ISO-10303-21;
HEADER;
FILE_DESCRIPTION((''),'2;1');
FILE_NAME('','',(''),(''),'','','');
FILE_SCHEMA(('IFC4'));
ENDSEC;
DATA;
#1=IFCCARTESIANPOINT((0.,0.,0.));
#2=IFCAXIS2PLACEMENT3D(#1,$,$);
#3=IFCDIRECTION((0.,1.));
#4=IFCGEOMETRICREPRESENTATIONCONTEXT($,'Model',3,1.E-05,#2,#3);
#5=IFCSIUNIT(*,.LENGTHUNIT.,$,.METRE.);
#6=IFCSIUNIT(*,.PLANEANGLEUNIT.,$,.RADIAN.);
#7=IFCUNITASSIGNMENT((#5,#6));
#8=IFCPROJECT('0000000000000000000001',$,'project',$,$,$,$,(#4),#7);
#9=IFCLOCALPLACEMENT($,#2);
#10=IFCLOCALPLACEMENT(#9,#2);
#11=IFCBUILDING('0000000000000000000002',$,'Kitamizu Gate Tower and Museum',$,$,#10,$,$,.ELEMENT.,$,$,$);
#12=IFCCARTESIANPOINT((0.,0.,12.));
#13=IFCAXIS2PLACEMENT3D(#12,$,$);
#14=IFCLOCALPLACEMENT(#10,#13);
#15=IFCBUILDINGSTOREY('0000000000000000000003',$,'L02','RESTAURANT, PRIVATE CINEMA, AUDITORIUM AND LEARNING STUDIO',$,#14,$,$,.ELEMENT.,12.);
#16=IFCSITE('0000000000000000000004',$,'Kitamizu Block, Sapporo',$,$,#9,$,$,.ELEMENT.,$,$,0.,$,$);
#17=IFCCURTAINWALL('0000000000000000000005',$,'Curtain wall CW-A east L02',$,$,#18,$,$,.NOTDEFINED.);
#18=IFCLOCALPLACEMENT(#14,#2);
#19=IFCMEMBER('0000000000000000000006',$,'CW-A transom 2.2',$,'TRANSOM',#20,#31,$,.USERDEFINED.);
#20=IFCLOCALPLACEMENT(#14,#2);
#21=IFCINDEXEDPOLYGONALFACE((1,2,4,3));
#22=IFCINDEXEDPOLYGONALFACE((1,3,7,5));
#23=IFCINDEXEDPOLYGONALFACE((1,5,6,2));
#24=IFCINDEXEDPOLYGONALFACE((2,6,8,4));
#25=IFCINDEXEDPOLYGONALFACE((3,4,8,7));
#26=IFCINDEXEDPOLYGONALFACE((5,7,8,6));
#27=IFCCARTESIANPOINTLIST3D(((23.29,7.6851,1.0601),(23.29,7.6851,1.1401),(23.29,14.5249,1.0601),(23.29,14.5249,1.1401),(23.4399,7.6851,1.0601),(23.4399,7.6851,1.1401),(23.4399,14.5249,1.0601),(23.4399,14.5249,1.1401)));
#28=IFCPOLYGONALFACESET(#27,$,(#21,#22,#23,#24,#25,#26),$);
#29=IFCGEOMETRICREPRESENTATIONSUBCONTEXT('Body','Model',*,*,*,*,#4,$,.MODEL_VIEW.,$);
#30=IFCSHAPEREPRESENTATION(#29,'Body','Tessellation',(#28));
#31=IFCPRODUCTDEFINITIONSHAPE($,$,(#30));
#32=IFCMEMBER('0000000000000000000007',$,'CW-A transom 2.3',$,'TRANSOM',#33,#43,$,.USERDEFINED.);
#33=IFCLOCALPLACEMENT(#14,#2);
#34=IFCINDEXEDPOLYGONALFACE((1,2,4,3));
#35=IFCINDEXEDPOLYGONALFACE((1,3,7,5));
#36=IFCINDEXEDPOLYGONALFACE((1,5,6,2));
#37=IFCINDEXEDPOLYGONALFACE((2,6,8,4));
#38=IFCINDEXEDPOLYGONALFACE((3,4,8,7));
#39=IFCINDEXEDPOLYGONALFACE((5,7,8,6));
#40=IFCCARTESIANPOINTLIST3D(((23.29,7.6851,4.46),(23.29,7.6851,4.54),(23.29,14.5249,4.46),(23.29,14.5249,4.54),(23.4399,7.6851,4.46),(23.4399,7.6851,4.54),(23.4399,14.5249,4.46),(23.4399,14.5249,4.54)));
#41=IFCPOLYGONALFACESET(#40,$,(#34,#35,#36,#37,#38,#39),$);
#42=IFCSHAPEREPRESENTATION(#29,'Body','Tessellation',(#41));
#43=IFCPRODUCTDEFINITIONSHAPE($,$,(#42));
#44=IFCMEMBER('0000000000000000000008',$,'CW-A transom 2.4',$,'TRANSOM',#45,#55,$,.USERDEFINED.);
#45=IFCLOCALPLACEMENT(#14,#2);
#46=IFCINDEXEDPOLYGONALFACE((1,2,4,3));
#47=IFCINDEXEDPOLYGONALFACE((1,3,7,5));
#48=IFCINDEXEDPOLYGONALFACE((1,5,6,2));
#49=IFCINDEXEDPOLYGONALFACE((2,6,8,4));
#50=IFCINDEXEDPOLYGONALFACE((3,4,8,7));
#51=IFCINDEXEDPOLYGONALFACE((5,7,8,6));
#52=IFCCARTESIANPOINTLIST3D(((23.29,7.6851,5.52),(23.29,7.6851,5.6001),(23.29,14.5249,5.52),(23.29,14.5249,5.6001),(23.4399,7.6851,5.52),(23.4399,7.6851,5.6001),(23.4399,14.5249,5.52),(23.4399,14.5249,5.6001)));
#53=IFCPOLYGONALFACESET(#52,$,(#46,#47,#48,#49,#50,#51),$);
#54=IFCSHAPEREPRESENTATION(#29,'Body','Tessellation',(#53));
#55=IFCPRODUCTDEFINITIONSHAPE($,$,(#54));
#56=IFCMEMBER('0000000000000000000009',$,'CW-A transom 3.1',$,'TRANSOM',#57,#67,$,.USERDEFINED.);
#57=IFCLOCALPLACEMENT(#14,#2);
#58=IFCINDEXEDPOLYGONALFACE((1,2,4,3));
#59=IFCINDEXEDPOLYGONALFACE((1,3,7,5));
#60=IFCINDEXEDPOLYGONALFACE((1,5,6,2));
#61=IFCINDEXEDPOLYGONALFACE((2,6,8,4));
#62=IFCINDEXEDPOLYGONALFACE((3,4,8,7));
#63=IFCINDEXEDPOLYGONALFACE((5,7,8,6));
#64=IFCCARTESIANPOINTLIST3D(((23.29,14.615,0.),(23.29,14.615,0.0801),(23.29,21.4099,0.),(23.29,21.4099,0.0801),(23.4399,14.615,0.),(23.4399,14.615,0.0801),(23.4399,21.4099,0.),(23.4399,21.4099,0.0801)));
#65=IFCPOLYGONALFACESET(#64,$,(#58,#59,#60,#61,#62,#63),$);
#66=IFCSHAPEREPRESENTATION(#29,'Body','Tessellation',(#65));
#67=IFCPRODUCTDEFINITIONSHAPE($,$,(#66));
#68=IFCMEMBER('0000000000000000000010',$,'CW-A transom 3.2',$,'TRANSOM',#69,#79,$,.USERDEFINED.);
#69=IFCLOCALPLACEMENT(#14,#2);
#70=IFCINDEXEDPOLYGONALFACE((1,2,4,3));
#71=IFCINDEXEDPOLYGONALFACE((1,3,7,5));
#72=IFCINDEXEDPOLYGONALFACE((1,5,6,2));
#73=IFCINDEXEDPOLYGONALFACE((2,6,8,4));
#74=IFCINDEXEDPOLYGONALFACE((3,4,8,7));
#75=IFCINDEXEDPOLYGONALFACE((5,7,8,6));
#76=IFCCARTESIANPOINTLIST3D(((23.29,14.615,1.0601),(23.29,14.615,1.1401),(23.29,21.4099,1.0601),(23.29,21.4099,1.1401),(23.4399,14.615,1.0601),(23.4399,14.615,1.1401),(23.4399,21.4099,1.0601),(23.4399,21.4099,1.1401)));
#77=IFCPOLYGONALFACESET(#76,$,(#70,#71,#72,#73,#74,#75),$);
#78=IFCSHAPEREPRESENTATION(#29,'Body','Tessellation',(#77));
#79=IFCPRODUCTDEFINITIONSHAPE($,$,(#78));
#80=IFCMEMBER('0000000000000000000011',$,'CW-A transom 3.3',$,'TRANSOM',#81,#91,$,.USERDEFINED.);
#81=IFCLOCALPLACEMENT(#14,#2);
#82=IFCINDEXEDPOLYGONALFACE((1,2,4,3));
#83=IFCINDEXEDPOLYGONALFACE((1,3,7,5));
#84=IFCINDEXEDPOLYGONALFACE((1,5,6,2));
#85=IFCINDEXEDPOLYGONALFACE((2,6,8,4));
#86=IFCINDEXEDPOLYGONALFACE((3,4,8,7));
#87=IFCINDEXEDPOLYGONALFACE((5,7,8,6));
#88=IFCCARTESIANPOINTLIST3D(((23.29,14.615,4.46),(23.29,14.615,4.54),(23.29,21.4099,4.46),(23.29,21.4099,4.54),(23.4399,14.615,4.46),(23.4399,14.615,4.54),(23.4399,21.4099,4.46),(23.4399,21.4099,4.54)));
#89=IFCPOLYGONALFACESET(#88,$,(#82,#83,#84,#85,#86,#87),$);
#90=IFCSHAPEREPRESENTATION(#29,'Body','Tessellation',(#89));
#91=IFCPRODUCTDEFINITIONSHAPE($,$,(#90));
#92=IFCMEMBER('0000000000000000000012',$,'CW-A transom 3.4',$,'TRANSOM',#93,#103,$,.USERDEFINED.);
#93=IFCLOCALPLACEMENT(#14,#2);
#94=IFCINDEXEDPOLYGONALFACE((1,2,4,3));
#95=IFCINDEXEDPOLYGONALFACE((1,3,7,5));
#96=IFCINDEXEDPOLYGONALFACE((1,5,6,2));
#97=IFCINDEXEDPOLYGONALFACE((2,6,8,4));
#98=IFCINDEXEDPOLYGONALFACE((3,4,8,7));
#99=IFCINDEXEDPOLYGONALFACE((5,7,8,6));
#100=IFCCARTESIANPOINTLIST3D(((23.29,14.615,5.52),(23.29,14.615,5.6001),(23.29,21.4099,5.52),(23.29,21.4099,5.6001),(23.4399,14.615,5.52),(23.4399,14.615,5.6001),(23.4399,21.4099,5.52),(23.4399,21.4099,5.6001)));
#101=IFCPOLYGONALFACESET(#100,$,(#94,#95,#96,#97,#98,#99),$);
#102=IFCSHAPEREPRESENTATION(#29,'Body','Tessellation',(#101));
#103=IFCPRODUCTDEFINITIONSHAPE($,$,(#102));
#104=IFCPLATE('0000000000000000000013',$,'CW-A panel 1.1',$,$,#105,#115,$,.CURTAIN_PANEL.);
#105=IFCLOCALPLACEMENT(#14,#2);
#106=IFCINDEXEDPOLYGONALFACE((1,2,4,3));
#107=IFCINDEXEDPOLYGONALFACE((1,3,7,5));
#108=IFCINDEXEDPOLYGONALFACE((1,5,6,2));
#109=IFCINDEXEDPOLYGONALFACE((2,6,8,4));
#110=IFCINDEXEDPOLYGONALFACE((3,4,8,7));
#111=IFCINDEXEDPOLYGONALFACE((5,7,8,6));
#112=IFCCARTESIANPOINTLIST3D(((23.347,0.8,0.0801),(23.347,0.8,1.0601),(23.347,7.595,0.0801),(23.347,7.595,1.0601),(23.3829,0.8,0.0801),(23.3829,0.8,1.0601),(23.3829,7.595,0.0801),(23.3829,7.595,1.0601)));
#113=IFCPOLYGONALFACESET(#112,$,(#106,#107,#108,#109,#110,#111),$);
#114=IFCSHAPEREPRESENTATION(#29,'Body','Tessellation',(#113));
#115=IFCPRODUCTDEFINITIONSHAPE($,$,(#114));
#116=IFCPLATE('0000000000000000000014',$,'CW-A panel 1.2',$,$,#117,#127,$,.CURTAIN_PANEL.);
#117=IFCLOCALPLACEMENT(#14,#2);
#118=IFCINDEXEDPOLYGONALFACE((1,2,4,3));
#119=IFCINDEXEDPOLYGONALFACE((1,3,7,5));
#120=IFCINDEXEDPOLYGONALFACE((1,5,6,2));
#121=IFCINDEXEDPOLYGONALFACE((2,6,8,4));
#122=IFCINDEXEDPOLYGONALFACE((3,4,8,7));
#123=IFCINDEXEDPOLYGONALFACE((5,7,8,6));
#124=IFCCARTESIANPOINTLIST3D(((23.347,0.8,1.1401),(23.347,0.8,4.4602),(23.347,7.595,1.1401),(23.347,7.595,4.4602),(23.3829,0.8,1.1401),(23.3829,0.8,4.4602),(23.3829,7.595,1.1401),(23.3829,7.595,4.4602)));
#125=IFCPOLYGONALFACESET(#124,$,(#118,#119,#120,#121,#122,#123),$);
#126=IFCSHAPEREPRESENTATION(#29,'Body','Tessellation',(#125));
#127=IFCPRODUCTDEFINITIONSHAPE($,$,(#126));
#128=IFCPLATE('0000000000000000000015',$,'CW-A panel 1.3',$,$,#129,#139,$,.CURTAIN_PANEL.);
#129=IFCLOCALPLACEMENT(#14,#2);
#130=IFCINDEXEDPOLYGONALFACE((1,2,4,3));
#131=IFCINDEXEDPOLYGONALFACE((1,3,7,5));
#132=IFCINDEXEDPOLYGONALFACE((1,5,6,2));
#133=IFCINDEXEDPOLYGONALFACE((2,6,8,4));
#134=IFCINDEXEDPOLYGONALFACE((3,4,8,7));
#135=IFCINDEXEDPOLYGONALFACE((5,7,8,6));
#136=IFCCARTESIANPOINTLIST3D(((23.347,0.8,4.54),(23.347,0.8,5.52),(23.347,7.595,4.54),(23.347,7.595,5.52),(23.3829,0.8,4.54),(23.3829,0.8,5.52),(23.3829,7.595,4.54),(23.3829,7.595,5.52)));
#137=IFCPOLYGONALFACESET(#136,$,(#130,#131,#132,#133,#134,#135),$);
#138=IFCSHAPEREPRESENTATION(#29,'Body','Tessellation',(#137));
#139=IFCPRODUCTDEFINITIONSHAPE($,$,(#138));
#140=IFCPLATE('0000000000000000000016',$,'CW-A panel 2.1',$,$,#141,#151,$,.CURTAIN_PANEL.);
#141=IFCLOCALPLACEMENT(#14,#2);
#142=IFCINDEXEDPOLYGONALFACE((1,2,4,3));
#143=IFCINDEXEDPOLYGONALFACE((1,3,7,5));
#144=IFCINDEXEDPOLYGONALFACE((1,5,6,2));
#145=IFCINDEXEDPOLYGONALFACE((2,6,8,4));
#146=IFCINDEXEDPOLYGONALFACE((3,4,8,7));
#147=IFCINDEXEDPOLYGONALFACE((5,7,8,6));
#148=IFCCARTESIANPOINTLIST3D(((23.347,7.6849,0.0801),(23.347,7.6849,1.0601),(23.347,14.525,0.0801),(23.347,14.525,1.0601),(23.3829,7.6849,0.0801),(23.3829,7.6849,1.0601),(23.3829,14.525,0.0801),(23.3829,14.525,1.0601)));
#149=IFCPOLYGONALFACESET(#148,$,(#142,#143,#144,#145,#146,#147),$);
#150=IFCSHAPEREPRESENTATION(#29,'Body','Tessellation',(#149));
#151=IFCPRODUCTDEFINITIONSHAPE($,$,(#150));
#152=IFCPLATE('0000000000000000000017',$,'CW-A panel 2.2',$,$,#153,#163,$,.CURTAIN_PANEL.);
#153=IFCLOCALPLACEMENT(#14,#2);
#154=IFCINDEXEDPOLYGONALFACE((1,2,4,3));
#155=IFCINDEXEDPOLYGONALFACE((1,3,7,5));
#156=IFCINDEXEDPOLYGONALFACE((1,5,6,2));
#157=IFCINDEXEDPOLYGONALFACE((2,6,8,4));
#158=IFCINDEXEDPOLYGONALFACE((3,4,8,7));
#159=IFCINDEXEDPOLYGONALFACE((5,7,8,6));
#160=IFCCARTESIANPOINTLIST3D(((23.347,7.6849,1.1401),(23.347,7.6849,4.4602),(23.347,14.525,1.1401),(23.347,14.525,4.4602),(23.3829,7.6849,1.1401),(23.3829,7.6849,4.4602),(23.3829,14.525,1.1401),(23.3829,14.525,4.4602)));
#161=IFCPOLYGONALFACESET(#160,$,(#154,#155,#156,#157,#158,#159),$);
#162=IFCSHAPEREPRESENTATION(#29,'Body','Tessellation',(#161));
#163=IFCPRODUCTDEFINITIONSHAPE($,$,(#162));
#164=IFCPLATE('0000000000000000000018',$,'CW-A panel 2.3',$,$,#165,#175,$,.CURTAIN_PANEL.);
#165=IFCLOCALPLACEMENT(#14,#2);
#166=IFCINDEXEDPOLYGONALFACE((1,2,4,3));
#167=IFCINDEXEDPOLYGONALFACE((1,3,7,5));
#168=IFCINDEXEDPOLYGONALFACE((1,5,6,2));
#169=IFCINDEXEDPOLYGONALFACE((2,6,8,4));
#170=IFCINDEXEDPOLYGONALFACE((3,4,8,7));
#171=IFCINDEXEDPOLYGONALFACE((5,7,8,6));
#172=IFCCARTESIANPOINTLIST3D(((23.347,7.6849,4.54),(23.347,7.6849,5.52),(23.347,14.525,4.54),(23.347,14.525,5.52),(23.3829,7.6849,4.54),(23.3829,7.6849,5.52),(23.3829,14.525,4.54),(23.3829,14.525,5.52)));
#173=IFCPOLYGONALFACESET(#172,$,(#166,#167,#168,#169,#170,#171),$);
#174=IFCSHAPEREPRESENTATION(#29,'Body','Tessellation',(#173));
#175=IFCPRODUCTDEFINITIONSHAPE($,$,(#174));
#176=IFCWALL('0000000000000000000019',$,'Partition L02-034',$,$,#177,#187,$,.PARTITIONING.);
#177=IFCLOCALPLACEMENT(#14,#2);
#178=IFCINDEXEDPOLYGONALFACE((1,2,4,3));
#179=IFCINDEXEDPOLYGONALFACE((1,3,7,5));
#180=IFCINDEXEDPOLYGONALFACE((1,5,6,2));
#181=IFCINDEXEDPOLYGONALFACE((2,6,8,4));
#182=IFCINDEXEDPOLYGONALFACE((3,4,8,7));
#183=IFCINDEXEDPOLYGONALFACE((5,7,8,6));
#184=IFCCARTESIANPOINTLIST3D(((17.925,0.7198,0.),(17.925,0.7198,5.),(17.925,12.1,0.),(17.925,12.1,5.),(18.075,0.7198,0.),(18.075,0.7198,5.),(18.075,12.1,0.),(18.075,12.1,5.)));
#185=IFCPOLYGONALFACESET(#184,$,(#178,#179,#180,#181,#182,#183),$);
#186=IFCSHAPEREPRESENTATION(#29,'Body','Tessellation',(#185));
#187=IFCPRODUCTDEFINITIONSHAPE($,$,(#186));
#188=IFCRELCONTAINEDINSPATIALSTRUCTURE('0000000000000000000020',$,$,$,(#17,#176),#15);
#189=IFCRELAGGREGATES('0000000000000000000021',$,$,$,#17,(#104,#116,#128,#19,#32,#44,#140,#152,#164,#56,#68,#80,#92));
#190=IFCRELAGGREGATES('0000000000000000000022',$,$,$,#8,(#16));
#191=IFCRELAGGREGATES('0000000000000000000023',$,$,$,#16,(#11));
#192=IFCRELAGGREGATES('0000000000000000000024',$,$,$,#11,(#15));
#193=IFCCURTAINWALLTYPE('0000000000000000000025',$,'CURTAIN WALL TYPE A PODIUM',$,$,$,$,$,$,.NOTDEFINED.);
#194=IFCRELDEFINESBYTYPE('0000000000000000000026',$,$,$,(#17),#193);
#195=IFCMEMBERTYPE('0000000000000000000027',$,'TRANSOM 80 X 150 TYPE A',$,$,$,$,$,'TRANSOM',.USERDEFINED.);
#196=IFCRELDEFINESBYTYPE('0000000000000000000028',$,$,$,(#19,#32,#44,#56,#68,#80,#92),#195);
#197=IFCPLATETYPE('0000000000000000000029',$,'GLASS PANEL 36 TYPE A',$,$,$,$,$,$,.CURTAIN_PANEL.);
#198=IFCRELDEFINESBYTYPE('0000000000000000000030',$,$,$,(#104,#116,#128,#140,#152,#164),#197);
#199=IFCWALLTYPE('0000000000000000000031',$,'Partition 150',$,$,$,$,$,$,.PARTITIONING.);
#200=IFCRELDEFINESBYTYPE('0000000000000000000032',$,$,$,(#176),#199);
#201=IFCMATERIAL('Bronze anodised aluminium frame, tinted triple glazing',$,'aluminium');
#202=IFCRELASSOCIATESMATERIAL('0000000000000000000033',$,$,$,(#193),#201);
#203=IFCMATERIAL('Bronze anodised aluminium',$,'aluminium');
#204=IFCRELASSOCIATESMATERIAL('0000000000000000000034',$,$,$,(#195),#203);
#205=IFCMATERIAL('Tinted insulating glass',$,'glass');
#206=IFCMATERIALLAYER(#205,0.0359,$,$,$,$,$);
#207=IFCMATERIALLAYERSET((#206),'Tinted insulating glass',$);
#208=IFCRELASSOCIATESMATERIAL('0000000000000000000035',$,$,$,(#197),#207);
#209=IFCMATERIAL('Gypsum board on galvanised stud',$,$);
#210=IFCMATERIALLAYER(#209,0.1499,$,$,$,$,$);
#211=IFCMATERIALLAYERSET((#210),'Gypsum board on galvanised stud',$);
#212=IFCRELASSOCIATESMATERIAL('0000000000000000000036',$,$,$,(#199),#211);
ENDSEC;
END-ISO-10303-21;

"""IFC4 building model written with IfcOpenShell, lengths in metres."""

from ifc_helpers import new_model, si_unit, direction, frame, frame_2d, origin, origin_2d, place, context, subcontext, project, spatial, rectangle, extrude, material, layer, layer_set, material_profile, profile_set, type_object, element, aggregate, save


model = new_model("IFC4")

# Units and contexts
model_context = context("Model", 3, precision=1e-05, world=origin(), true_north=direction((0.0, 1.0)))
body_context = subcontext(model_context, "Body", "Model", "MODEL_VIEW")
ifc_project = project(units=[si_unit("LENGTHUNIT", "METRE"), si_unit("PLANEANGLEUNIT", "RADIAN")], contexts=[model_context])

# Site, building, storey
site_placement = place(None, origin())
site = spatial("IfcSite", under=ifc_project, at=site_placement, Name="Kitamizu Block, Sapporo", CompositionType="ELEMENT", RefElevation=0.0)
building_placement = place(site_placement, origin())
building = spatial("IfcBuilding", under=site, at=building_placement, Name="Kitamizu Gate Tower and Museum", CompositionType="ELEMENT")
storey_placement = place(building_placement, frame((0.0, 0.0, 12.0)))
storey = spatial("IfcBuildingStorey", under=building, at=storey_placement, Name="L02", Description="RESTAURANT, PRIVATE CINEMA, AUDITORIUM AND LEARNING STUDIO", CompositionType="ELEMENT", Elevation=12.0)

# Curtain wall, members, plates
ifc_material_1 = material(Name="Bronze anodised aluminium frame, tinted triple glazing", Category="aluminium")
curtain_wall_type = type_object("IfcCurtainWallType", Name="CURTAIN WALL TYPE A PODIUM", PredefinedType="NOTDEFINED", material=ifc_material_1)
curtain_wall_placement = place(storey_placement, origin())
curtain_wall = element("IfcCurtainWall", 1, at=curtain_wall_placement, inside=storey, type_object=curtain_wall_type, Name="Curtain wall CW-A east L02", PredefinedType="NOTDEFINED")
ifc_material_2 = material(Name="Bronze anodised aluminium", Category="aluminium")
ifc_material_profile_1 = material_profile(ifc_material_2, rectangle(XDim=0.1499, YDim=0.0801, at=origin_2d()), Name="AL 80X150")
ifc_profile_set_1 = profile_set([ifc_material_profile_1], Name="Bronze anodised aluminium")
member_type_1 = type_object("IfcMemberType", Name="TRANSOM 80 X 150 TYPE A", ElementType="TRANSOM", PredefinedType="USERDEFINED", material=ifc_profile_set_1)
member_1_placement = place(storey_placement, frame((23.365, 7.6851, 1.1001), z_axis=(0.0, 1.0, 0.0), x_axis=(-1.0, 0.0, 0.0)))
member_1 = element("IfcMember", 2, at=member_1_placement, type_object=member_type_1, Name="CW-A transom 2.2", ObjectType="TRANSOM", PredefinedType="USERDEFINED", context=body_context, shape_type="SweptSolid", body=[
    extrude(rectangle(XDim=0.1499, YDim=0.0801, at=origin_2d()), origin(), (0.0, 0.0, 1.0), 6.8398),
])
member_2_placement = place(storey_placement, frame((23.365, 7.6851, 4.5), z_axis=(0.0, 1.0, 0.0), x_axis=(-1.0, 0.0, 0.0)))
member_2 = element("IfcMember", 3, at=member_2_placement, type_object=member_type_1, Name="CW-A transom 2.3", ObjectType="TRANSOM", PredefinedType="USERDEFINED", context=body_context, shape_type="SweptSolid", body=[
    extrude(rectangle(XDim=0.1499, YDim=0.0801, at=origin_2d()), origin(), (0.0, 0.0, 1.0), 6.8398),
])
member_3_placement = place(storey_placement, frame((23.365, 7.6851, 5.5601), z_axis=(0.0, 1.0, 0.0), x_axis=(-1.0, 0.0, 0.0)))
member_3 = element("IfcMember", 4, at=member_3_placement, type_object=member_type_1, Name="CW-A transom 2.4", ObjectType="TRANSOM", PredefinedType="USERDEFINED", context=body_context, shape_type="SweptSolid", body=[
    extrude(rectangle(XDim=0.1499, YDim=0.0801, at=origin_2d()), origin(), (0.0, 0.0, 1.0), 6.8398),
])
member_4_placement = place(storey_placement, frame((23.365, 14.615, 0.04), z_axis=(0.0, 1.0, 0.0), x_axis=(-1.0, 0.0, 0.0)))
member_4 = element("IfcMember", 5, at=member_4_placement, type_object=member_type_1, Name="CW-A transom 3.1", ObjectType="TRANSOM", PredefinedType="USERDEFINED", context=body_context, shape_type="SweptSolid", body=[
    extrude(rectangle(XDim=0.1499, YDim=0.0801, at=origin_2d()), origin(), (0.0, 0.0, 1.0), 6.7949),
])
member_5_placement = place(storey_placement, frame((23.365, 14.615, 1.1001), z_axis=(0.0, 1.0, 0.0), x_axis=(-1.0, 0.0, 0.0)))
member_5 = element("IfcMember", 6, at=member_5_placement, type_object=member_type_1, Name="CW-A transom 3.2", ObjectType="TRANSOM", PredefinedType="USERDEFINED", context=body_context, shape_type="SweptSolid", body=[
    extrude(rectangle(XDim=0.1499, YDim=0.0801, at=origin_2d()), origin(), (0.0, 0.0, 1.0), 6.7949),
])
member_6_placement = place(storey_placement, frame((23.365, 14.615, 4.5), z_axis=(0.0, 1.0, 0.0), x_axis=(-1.0, 0.0, 0.0)))
member_6 = element("IfcMember", 7, at=member_6_placement, type_object=member_type_1, Name="CW-A transom 3.3", ObjectType="TRANSOM", PredefinedType="USERDEFINED", context=body_context, shape_type="SweptSolid", body=[
    extrude(rectangle(XDim=0.1499, YDim=0.0801, at=origin_2d()), origin(), (0.0, 0.0, 1.0), 6.7949),
])
member_7_placement = place(storey_placement, frame((23.365, 14.615, 5.5601), z_axis=(0.0, 1.0, 0.0), x_axis=(-1.0, 0.0, 0.0)))
member_7 = element("IfcMember", 8, at=member_7_placement, type_object=member_type_1, Name="CW-A transom 3.4", ObjectType="TRANSOM", PredefinedType="USERDEFINED", context=body_context, shape_type="SweptSolid", body=[
    extrude(rectangle(XDim=0.1499, YDim=0.0801, at=origin_2d()), origin(), (0.0, 0.0, 1.0), 6.7949),
])
ifc_material_3 = material(Name="Tinted insulating glass", Category="glass")
ifc_layer_1 = layer(ifc_material_3, 0.0359)
ifc_layer_set_1 = layer_set([ifc_layer_1], Name="Tinted insulating glass")
plate_type = type_object("IfcPlateType", Name="GLASS PANEL 36 TYPE A", PredefinedType="CURTAIN_PANEL", material=ifc_layer_set_1)
plate_1_placement = place(storey_placement, frame((23.365, 4.1975, 0.0801), z_axis=(0.0, 0.0, 1.0), x_axis=(0.0, 1.0, 0.0)))
plate_1 = element("IfcPlate", 9, at=plate_1_placement, type_object=plate_type, Name="CW-A panel 1.1", PredefinedType="CURTAIN_PANEL", context=body_context, shape_type="SweptSolid", body=[
    extrude(rectangle(XDim=6.7949, YDim=0.0359, at=origin_2d()), origin(), (0.0, 0.0, 1.0), 0.98),
])
plate_2_placement = place(storey_placement, frame((23.365, 4.1975, 1.1401), z_axis=(0.0, 0.0, 1.0), x_axis=(0.0, 1.0, 0.0)))
plate_2 = element("IfcPlate", 10, at=plate_2_placement, type_object=plate_type, Name="CW-A panel 1.2", PredefinedType="CURTAIN_PANEL", context=body_context, shape_type="SweptSolid", body=[
    extrude(rectangle(XDim=6.7949, YDim=0.0359, at=origin_2d()), origin(), (0.0, 0.0, 1.0), 3.3201),
])
plate_3_placement = place(storey_placement, frame((23.365, 4.1975, 4.54), z_axis=(0.0, 0.0, 1.0), x_axis=(0.0, 1.0, 0.0)))
plate_3 = element("IfcPlate", 11, at=plate_3_placement, type_object=plate_type, Name="CW-A panel 1.3", PredefinedType="CURTAIN_PANEL", context=body_context, shape_type="SweptSolid", body=[
    extrude(rectangle(XDim=6.7949, YDim=0.0359, at=origin_2d()), origin(), (0.0, 0.0, 1.0), 0.98),
])
plate_4_placement = place(storey_placement, frame((23.365, 11.105, 0.0801), z_axis=(0.0, 0.0, 1.0), x_axis=(0.0, 1.0, 0.0)))
plate_4 = element("IfcPlate", 12, at=plate_4_placement, type_object=plate_type, Name="CW-A panel 2.1", PredefinedType="CURTAIN_PANEL", context=body_context, shape_type="SweptSolid", body=[
    extrude(rectangle(XDim=6.8401, YDim=0.0359, at=origin_2d()), origin(), (0.0, 0.0, 1.0), 0.98),
])
plate_5_placement = place(storey_placement, frame((23.365, 11.105, 1.1401), z_axis=(0.0, 0.0, 1.0), x_axis=(0.0, 1.0, 0.0)))
plate_5 = element("IfcPlate", 13, at=plate_5_placement, type_object=plate_type, Name="CW-A panel 2.2", PredefinedType="CURTAIN_PANEL", context=body_context, shape_type="SweptSolid", body=[
    extrude(rectangle(XDim=6.8401, YDim=0.0359, at=origin_2d()), origin(), (0.0, 0.0, 1.0), 3.3201),
])
plate_6_placement = place(storey_placement, frame((23.365, 11.105, 4.54), z_axis=(0.0, 0.0, 1.0), x_axis=(0.0, 1.0, 0.0)))
plate_6 = element("IfcPlate", 14, at=plate_6_placement, type_object=plate_type, Name="CW-A panel 2.3", PredefinedType="CURTAIN_PANEL", context=body_context, shape_type="SweptSolid", body=[
    extrude(rectangle(XDim=6.8401, YDim=0.0359, at=origin_2d()), origin(), (0.0, 0.0, 1.0), 0.98),
])
aggregate(curtain_wall, [plate_1, plate_2, plate_3, member_1, member_2, member_3, plate_4, plate_5, plate_6, member_4, member_5, member_6, member_7])

# Wall
ifc_material_4 = material(Name="Gypsum board on galvanised stud")
ifc_layer_2 = layer(ifc_material_4, 0.1499)
ifc_layer_set_2 = layer_set([ifc_layer_2], Name="Gypsum board on galvanised stud")
wall_type = type_object("IfcWallType", Name="Partition 150", PredefinedType="PARTITIONING", material=ifc_layer_set_2)
wall_1_placement = place(storey_placement, frame((18.0, 0.72, 0.0), z_axis=(0.0, 0.0, 1.0), x_axis=(0.0, 1.0, 0.0)))
element("IfcWall", 15, at=wall_1_placement, inside=storey, type_object=wall_type, Name="Partition L02-034", PredefinedType="PARTITIONING", context=body_context, shape_type="SweptSolid", body=[
    extrude(rectangle(XDim=11.3801, YDim=0.1499, at=frame_2d((5.6899, 0.0))), origin(), (0.0, 0.0, 1.0), 5.0),
])

save(model, "model.ifc")
